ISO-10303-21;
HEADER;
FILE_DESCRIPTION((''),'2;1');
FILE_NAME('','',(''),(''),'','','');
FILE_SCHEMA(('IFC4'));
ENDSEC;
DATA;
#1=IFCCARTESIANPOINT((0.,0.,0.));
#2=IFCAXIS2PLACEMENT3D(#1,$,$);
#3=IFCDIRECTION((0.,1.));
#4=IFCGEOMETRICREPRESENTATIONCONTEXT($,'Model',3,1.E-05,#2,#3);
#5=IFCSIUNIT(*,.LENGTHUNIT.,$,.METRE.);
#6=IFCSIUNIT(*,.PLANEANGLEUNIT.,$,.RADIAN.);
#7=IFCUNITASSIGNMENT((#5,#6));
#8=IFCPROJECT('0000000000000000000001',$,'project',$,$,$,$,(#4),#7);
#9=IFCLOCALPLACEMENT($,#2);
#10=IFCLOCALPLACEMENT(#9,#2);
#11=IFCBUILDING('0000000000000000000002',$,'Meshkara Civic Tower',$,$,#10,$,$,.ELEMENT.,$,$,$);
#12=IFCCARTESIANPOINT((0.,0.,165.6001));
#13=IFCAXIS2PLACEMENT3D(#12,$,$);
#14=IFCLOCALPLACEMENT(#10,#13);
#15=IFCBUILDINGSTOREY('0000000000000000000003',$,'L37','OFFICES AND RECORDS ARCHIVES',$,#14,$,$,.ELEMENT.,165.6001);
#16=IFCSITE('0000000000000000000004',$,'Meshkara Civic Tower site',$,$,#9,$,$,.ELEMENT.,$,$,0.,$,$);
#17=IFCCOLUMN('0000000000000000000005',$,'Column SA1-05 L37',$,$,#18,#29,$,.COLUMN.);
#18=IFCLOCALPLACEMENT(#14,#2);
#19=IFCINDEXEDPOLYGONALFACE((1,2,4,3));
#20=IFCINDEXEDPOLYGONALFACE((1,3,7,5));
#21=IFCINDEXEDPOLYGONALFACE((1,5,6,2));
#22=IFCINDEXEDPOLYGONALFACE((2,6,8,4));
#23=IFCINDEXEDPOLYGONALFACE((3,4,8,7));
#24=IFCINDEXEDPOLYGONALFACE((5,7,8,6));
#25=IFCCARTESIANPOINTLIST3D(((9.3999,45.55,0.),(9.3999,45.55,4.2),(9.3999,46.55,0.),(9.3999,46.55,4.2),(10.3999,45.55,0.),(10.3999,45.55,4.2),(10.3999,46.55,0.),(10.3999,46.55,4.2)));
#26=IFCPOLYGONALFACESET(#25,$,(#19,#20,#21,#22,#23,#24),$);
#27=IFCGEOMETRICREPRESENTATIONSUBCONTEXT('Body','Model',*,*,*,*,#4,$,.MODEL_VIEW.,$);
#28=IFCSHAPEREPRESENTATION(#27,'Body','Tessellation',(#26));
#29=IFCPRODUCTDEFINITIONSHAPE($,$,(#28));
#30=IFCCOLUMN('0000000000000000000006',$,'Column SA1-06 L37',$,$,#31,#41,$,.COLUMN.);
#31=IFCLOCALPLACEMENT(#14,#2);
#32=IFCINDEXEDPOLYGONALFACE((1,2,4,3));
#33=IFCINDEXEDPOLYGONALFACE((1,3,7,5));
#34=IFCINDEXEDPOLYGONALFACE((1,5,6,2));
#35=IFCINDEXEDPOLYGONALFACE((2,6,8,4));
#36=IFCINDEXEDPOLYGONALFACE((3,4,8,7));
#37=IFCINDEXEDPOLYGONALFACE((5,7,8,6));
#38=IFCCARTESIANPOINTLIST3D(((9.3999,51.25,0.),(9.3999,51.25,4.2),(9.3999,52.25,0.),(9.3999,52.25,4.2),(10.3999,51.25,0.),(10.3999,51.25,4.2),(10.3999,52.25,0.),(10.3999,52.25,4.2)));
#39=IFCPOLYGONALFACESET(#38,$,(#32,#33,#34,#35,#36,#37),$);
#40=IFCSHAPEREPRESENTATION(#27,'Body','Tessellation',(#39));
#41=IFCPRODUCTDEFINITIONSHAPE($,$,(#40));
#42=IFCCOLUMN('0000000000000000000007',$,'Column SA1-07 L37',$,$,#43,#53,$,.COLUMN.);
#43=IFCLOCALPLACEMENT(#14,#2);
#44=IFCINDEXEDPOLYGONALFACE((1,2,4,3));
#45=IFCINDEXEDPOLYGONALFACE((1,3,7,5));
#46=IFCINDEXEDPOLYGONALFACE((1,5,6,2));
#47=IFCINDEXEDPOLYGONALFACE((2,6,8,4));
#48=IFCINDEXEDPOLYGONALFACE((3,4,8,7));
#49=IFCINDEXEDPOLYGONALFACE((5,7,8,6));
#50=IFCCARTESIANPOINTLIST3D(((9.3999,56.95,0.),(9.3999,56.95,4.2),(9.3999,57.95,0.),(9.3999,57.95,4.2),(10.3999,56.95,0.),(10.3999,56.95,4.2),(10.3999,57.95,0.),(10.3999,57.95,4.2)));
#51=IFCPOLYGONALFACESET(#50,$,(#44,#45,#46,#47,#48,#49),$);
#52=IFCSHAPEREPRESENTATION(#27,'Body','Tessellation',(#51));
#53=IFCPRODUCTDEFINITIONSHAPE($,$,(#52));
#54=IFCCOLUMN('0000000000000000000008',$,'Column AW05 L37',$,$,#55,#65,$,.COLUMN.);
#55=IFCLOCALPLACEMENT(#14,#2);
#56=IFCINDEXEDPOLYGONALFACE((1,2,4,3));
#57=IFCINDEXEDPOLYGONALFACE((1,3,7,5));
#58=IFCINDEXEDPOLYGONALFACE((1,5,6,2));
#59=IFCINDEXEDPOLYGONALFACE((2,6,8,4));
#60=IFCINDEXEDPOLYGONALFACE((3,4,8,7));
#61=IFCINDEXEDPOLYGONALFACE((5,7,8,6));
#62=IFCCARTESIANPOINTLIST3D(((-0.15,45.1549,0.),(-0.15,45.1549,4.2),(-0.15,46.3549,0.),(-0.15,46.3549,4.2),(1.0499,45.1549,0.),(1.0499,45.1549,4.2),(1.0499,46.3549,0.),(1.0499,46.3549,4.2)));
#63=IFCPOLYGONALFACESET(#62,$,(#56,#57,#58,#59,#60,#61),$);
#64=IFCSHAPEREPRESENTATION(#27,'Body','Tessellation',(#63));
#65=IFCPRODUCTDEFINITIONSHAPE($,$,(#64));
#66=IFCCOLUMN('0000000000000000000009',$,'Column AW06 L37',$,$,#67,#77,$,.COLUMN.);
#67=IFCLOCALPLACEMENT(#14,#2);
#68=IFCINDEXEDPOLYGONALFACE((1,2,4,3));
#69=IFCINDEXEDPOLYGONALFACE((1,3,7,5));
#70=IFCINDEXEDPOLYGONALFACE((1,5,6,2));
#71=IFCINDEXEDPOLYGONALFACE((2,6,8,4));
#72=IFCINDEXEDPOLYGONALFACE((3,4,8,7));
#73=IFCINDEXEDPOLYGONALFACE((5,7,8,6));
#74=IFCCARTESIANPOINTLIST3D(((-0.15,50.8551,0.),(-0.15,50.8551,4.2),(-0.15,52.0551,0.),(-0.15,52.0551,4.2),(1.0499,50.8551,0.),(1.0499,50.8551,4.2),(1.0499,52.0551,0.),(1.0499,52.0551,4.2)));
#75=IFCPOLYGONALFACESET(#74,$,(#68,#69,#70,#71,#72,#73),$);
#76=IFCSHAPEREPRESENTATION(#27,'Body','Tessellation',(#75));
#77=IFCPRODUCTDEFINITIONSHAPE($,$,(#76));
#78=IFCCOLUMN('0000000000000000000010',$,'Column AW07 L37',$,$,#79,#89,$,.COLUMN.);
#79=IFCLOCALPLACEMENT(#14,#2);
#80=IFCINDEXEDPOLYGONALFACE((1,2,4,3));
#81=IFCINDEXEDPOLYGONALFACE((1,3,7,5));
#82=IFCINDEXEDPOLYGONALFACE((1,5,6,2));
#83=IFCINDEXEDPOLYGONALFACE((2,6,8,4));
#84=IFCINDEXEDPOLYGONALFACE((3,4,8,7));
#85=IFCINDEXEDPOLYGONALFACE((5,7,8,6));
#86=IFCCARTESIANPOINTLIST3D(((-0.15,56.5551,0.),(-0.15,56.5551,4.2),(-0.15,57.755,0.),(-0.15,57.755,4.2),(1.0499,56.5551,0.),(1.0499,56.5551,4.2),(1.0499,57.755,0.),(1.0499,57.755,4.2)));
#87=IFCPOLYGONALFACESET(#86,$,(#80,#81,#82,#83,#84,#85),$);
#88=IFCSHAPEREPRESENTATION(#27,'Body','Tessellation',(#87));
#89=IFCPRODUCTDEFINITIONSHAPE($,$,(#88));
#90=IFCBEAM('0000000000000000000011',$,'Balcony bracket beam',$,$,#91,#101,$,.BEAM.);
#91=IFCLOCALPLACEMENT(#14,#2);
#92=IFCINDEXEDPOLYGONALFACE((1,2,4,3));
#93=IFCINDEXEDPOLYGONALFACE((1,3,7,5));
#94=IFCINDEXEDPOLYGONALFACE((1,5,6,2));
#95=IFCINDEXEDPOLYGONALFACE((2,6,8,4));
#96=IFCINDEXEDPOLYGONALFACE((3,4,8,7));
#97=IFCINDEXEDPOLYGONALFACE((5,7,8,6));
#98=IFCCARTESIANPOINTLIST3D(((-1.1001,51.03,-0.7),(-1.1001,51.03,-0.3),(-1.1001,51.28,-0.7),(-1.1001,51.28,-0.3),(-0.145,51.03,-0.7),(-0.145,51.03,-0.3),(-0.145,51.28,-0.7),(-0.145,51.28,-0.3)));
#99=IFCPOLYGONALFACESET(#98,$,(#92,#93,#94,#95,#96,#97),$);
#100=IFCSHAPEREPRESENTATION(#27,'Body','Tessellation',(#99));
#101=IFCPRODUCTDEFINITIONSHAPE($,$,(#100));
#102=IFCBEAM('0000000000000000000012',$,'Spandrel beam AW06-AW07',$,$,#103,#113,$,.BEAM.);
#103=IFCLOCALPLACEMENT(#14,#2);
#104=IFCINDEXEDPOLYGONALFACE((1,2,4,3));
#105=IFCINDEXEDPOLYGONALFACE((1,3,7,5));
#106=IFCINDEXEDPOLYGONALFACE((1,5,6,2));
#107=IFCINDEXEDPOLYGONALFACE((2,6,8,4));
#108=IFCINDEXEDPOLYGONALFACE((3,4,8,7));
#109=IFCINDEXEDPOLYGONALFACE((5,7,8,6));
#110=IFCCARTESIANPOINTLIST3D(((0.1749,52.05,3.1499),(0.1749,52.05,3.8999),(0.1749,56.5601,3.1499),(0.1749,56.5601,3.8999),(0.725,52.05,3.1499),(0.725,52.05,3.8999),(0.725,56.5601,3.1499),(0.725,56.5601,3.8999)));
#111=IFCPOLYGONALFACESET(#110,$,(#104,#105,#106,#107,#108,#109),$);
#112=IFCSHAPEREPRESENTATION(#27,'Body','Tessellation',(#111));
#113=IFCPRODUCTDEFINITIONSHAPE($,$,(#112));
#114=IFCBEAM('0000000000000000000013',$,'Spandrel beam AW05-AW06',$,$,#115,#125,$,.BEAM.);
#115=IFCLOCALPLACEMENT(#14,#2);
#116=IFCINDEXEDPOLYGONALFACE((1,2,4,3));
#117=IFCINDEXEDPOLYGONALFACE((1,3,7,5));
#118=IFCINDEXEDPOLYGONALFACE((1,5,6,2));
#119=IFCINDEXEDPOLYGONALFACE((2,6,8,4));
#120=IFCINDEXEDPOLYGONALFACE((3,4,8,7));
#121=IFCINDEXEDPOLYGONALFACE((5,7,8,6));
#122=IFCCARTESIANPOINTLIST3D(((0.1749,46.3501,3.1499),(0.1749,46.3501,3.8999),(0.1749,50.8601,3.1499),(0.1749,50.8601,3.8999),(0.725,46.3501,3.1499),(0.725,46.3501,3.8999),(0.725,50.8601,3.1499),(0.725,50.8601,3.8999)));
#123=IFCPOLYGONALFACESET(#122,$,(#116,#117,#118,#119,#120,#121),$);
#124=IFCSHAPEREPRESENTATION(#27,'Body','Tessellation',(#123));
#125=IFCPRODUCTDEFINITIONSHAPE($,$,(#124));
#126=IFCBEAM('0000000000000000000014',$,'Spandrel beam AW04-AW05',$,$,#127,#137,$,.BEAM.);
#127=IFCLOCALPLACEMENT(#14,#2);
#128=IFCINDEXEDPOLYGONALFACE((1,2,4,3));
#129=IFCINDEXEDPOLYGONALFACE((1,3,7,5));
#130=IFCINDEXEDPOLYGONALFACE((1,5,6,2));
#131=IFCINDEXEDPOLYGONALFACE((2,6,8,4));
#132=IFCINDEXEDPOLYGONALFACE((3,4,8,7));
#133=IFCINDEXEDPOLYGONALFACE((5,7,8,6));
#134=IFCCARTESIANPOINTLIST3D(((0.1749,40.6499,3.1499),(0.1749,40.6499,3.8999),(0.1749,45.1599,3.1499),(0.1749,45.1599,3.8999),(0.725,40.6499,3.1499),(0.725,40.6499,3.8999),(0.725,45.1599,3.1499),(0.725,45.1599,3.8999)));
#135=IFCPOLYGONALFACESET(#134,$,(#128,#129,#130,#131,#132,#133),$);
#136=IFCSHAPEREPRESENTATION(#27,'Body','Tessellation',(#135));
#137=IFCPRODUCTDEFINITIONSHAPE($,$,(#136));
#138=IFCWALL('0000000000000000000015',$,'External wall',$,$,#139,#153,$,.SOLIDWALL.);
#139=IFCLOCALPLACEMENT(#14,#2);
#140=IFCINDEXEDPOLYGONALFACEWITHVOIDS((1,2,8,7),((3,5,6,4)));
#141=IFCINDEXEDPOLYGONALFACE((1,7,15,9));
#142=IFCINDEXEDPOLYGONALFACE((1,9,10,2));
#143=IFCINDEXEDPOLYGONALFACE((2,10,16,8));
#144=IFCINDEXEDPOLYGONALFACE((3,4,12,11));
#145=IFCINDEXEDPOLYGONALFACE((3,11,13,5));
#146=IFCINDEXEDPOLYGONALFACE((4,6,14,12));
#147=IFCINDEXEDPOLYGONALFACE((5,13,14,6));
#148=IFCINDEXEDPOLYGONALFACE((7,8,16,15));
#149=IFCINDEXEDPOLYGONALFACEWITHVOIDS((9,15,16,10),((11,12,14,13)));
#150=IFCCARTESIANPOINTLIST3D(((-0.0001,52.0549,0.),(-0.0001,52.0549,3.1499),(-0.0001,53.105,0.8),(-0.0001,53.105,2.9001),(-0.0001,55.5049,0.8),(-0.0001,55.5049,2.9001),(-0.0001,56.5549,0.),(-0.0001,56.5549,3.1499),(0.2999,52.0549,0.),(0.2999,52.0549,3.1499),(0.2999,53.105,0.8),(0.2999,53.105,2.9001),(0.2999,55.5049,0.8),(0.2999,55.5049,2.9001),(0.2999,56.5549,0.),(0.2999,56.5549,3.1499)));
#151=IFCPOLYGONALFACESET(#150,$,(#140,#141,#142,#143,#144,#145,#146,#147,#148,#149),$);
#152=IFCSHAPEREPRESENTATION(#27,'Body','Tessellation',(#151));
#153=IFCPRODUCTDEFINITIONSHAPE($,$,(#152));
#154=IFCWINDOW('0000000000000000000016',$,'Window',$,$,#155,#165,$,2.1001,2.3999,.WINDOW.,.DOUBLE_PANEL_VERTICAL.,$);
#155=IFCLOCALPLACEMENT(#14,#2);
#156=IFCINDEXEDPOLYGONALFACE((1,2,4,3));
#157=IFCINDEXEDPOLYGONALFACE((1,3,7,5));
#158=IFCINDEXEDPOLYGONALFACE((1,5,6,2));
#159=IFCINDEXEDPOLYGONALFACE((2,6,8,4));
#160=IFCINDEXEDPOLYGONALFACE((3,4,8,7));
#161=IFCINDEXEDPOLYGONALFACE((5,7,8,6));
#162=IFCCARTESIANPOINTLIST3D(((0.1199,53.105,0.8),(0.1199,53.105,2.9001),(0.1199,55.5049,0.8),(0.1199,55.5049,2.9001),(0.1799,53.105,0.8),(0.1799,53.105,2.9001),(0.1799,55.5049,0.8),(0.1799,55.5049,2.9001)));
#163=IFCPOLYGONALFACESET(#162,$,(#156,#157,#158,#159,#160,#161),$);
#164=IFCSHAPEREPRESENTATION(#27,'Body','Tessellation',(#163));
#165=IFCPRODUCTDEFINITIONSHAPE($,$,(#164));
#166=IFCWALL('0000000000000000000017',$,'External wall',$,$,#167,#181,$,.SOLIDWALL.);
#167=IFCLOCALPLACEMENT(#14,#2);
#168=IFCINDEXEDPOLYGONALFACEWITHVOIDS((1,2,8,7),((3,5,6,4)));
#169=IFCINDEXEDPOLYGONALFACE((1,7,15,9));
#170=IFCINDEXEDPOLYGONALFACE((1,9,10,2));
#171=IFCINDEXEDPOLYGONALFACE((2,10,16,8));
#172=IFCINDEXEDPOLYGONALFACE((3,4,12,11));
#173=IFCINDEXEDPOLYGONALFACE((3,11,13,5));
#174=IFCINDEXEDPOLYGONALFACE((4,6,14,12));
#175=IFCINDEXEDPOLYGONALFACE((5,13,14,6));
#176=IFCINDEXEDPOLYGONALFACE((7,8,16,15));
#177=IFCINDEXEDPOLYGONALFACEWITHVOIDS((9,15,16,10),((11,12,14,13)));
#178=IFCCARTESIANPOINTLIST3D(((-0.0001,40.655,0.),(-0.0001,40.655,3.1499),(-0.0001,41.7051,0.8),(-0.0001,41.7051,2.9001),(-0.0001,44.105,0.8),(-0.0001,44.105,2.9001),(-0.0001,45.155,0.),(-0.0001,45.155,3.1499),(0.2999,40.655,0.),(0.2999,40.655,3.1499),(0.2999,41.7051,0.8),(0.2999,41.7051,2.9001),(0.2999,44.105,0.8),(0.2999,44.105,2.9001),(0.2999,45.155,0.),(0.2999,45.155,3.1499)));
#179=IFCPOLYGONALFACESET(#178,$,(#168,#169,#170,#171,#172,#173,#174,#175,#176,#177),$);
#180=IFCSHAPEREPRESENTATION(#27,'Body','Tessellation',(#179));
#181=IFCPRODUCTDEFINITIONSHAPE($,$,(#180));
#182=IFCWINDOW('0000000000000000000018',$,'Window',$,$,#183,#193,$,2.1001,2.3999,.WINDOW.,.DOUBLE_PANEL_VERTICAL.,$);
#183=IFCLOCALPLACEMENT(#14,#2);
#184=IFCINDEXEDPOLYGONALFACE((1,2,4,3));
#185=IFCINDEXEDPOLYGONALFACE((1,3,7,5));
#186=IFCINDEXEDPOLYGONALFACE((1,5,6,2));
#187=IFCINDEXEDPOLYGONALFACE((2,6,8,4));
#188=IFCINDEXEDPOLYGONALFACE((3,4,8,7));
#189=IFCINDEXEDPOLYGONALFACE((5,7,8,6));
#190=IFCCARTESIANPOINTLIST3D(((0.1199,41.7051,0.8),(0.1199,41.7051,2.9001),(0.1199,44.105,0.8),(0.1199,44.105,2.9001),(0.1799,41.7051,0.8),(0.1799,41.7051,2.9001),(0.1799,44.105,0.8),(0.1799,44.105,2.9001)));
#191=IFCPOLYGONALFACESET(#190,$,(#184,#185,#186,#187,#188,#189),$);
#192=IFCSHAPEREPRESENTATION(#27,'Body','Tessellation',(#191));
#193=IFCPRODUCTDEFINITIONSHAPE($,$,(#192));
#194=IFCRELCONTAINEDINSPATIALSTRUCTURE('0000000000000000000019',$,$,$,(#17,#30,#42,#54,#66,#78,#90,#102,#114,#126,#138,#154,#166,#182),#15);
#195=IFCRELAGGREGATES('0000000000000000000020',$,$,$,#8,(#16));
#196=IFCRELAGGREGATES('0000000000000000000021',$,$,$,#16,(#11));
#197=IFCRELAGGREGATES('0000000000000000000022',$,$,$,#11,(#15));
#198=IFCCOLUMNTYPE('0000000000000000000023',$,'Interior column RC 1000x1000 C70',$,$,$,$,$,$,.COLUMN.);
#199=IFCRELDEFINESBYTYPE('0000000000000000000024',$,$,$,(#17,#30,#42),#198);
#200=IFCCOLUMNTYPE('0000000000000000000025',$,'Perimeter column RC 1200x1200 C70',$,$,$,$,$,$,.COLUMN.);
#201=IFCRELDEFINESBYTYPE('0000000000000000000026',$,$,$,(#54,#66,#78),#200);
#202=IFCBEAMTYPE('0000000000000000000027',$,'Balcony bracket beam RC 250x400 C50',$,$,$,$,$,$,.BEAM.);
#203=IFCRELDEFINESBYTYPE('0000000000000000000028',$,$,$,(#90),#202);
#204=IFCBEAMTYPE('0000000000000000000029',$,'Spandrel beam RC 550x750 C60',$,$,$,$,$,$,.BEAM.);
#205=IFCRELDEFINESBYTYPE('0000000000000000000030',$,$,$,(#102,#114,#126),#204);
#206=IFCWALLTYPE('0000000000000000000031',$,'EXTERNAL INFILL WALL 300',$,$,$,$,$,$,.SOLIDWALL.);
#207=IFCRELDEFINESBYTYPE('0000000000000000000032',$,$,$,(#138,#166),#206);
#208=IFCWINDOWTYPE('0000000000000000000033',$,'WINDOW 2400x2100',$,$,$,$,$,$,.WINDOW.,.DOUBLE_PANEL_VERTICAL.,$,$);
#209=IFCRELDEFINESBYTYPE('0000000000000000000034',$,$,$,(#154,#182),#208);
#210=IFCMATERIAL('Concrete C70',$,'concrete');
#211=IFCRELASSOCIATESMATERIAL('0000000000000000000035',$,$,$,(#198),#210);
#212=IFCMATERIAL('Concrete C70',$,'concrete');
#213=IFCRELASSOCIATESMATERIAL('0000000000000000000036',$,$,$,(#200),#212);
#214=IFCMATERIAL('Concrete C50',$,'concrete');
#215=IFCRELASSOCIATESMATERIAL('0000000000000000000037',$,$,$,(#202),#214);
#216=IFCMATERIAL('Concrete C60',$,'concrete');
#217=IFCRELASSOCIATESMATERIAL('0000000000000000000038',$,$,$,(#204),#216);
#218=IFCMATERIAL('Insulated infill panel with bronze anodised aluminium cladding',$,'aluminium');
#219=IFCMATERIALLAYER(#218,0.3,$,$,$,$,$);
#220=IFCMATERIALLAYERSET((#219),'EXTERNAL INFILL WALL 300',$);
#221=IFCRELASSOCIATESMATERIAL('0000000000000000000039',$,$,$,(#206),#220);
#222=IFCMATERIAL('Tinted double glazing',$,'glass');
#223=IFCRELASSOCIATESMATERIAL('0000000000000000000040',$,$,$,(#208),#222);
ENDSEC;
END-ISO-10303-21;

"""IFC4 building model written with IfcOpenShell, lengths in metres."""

from ifc_helpers import new_model, si_unit, direction, frame, frame_2d, origin, origin_2d, place, context, subcontext, project, spatial, rectangle, extrude, material, layer, layer_set, material_profile, profile_set, type_object, element, fill, save


model = new_model("IFC4")

# Units and contexts
model_context = context("Model", 3, precision=1e-05, world=origin(), true_north=direction((0.0, 1.0)))
body_context = subcontext(model_context, "Body", "Model", "MODEL_VIEW")
ifc_project = project(units=[si_unit("LENGTHUNIT", "METRE"), si_unit("PLANEANGLEUNIT", "RADIAN")], contexts=[model_context])

# Site, building, storey
site_placement = place(None, origin())
site = spatial("IfcSite", under=ifc_project, at=site_placement, Name="Meshkara Civic Tower site", CompositionType="ELEMENT", RefElevation=0.0)
building_placement = place(site_placement, origin())
building = spatial("IfcBuilding", under=site, at=building_placement, Name="Meshkara Civic Tower", CompositionType="ELEMENT")
storey_placement = place(building_placement, frame((0.0, 0.0, 165.6001)))
storey = spatial("IfcBuildingStorey", under=building, at=storey_placement, Name="L37", Description="OFFICES AND RECORDS ARCHIVES", CompositionType="ELEMENT", Elevation=165.6001)

# Columns
ifc_material_1 = material(Name="Concrete C70", Category="concrete")
ifc_material_profile_1 = material_profile(ifc_material_1, rectangle(XDim=1.0, YDim=1.0, at=origin_2d()))
ifc_profile_set_1 = profile_set([ifc_material_profile_1], Name="Concrete C70")
column_type_1 = type_object("IfcColumnType", Name="Interior column RC 1000x1000 C70", PredefinedType="COLUMN", material=ifc_profile_set_1)
for number, where, z_axis, x_axis, name in (
    (1, (9.8999, 46.05, 0.0), (0.0, 0.0, 1.0), (1.0, 0.0, 0.0), "Column SA1-05 L37"),
    (2, (9.8999, 51.75, 0.0), (0.0, 0.0, 1.0), (1.0, 0.0, 0.0), "Column SA1-06 L37"),
    (3, (9.8999, 57.45, 0.0), (0.0, 0.0, 1.0), (1.0, 0.0, 0.0), "Column SA1-07 L37"),
):
    element("IfcColumn", number, at=place(storey_placement, frame(where, z_axis=z_axis, x_axis=x_axis)), inside=storey, type_object=column_type_1, Name=name, PredefinedType="COLUMN", context=body_context, shape_type="SweptSolid", body=[
        extrude(rectangle(XDim=1.0, YDim=1.0, at=origin_2d()), origin(), (0.0, 0.0, 1.0), 4.2),
    ])
ifc_material_2 = material(Name="Concrete C70", Category="concrete")
ifc_material_profile_2 = material_profile(ifc_material_2, rectangle(XDim=1.2, YDim=1.2, at=origin_2d()))
ifc_profile_set_2 = profile_set([ifc_material_profile_2], Name="Concrete C70")
column_type_2 = type_object("IfcColumnType", Name="Perimeter column RC 1200x1200 C70", PredefinedType="COLUMN", material=ifc_profile_set_2)
for number, where, z_axis, x_axis, name in (
    (4, (0.45, 45.7549, 0.0), (0.0, 0.0, 1.0), (1.0, 0.0, 0.0), "Column AW05 L37"),
    (5, (0.45, 51.4551, 0.0), (0.0, 0.0, 1.0), (1.0, 0.0, 0.0), "Column AW06 L37"),
    (6, (0.45, 57.155, 0.0), (0.0, 0.0, 1.0), (1.0, 0.0, 0.0), "Column AW07 L37"),
):
    element("IfcColumn", number, at=place(storey_placement, frame(where, z_axis=z_axis, x_axis=x_axis)), inside=storey, type_object=column_type_2, Name=name, PredefinedType="COLUMN", context=body_context, shape_type="SweptSolid", body=[
        extrude(rectangle(XDim=1.2, YDim=1.2, at=origin_2d()), origin(), (0.0, 0.0, 1.0), 4.2),
    ])

# Beams
ifc_material_3 = material(Name="Concrete C50", Category="concrete")
ifc_material_profile_3 = material_profile(ifc_material_3, rectangle(XDim=0.25, YDim=0.3999, at=origin_2d()))
ifc_profile_set_3 = profile_set([ifc_material_profile_3], Name="Concrete C50")
beam_type_1 = type_object("IfcBeamType", Name="Balcony bracket beam RC 250x400 C50", PredefinedType="BEAM", material=ifc_profile_set_3)
beam_placement = place(storey_placement, frame((-0.145, 51.155, -0.5), z_axis=(-1.0, 0.0, 0.0), x_axis=(0.0, -1.0, 0.0)))
element("IfcBeam", 7, at=beam_placement, inside=storey, type_object=beam_type_1, Name="Balcony bracket beam", PredefinedType="BEAM", context=body_context, shape_type="SweptSolid", body=[
    extrude(rectangle(XDim=0.25, YDim=0.3999, at=origin_2d()), origin(), (0.0, 0.0, 1.0), 0.9551),
])
ifc_material_4 = material(Name="Concrete C60", Category="concrete")
ifc_material_profile_4 = material_profile(ifc_material_4, rectangle(XDim=0.55, YDim=0.75, at=origin_2d()))
ifc_profile_set_4 = profile_set([ifc_material_profile_4], Name="Concrete C60")
beam_type_2 = type_object("IfcBeamType", Name="Spandrel beam RC 550x750 C60", PredefinedType="BEAM", material=ifc_profile_set_4)
for number, where, z_axis, x_axis, name in (
    (8, (0.45, 56.5601, 3.5249), (0.0, -1.0, 0.0), (1.0, 0.0, 0.0), "Spandrel beam AW06-AW07"),
    (9, (0.45, 50.8601, 3.5249), (0.0, -1.0, 0.0), (1.0, 0.0, 0.0), "Spandrel beam AW05-AW06"),
    (10, (0.45, 45.1599, 3.5249), (0.0, -1.0, 0.0), (1.0, 0.0, 0.0), "Spandrel beam AW04-AW05"),
):
    element("IfcBeam", number, at=place(storey_placement, frame(where, z_axis=z_axis, x_axis=x_axis)), inside=storey, type_object=beam_type_2, Name=name, PredefinedType="BEAM", context=body_context, shape_type="SweptSolid", body=[
        extrude(rectangle(XDim=0.55, YDim=0.75, at=origin_2d()), origin(), (0.0, 0.0, 1.0), 4.51),
    ])

# Walls, openings, windows
ifc_material_5 = material(Name="Insulated infill panel with bronze anodised aluminium cladding", Category="aluminium")
ifc_layer_1 = layer(ifc_material_5, 0.3)
ifc_layer_set_1 = layer_set([ifc_layer_1], Name="EXTERNAL INFILL WALL 300")
wall_type_1 = type_object("IfcWallType", Name="EXTERNAL INFILL WALL 300", PredefinedType="SOLIDWALL", material=ifc_layer_set_1)
wall_1_placement = place(storey_placement, frame((0.1499, 56.5549, 0.0), z_axis=(0.0, 0.0, 1.0), x_axis=(0.0, -1.0, 0.0)))
wall_1 = element("IfcWall", 11, at=wall_1_placement, inside=storey, type_object=wall_type_1, Name="External wall", PredefinedType="SOLIDWALL", context=body_context, shape_type="SweptSolid", body=[
    extrude(rectangle(XDim=4.5, YDim=0.3, at=frame_2d((2.25, 0.0))), origin(), (0.0, 0.0, 1.0), 3.1499),
])
opening_1_placement = place(wall_1_placement, frame((1.05, 0.0, 0.8)))
opening_1 = element("IfcOpeningElement", 12, at=opening_1_placement, cuts=wall_1, PredefinedType="OPENING", context=body_context, shape_type="SweptSolid", body=[
    extrude(rectangle(XDim=2.3999, YDim=2.1001, at=frame_2d((1.2, 1.05))), frame((0.0, 0.1599, 0.0), z_axis=(0.0, -1.0, 0.0), x_axis=(1.0, 0.0, 0.0)), (0.0, 0.0, 1.0), 0.3201),
])
ifc_material_6 = material(Name="Tinted double glazing", Category="glass")
window_type = type_object("IfcWindowType", Name="WINDOW 2400x2100", PartitioningType="DOUBLE_PANEL_VERTICAL", PredefinedType="WINDOW", material=ifc_material_6)
window_1_placement = place(opening_1_placement, origin())
window_1 = element("IfcWindow", 13, at=window_1_placement, inside=storey, type_object=window_type, Name="Window", OverallHeight=2.1001, OverallWidth=2.3999, PartitioningType="DOUBLE_PANEL_VERTICAL", PredefinedType="WINDOW", context=body_context, shape_type="SweptSolid", body=[
    extrude(rectangle(XDim=2.3999, YDim=2.1001, at=frame_2d((1.2, 1.05))), frame((0.0, 0.03, 0.0), z_axis=(0.0, -1.0, 0.0), x_axis=(1.0, 0.0, 0.0)), (0.0, 0.0, 1.0), 0.0601),
])
fill(opening_1, window_1)
wall_2_placement = place(storey_placement, frame((0.1499, 45.155, 0.0), z_axis=(0.0, 0.0, 1.0), x_axis=(0.0, -1.0, 0.0)))
wall_2 = element("IfcWall", 14, at=wall_2_placement, inside=storey, type_object=wall_type_1, Name="External wall", PredefinedType="SOLIDWALL", context=body_context, shape_type="SweptSolid", body=[
    extrude(rectangle(XDim=4.5, YDim=0.3, at=frame_2d((2.25, 0.0))), origin(), (0.0, 0.0, 1.0), 3.1499),
])
opening_2_placement = place(wall_2_placement, frame((1.05, 0.0, 0.8)))
opening_2 = element("IfcOpeningElement", 15, at=opening_2_placement, cuts=wall_2, PredefinedType="OPENING", context=body_context, shape_type="SweptSolid", body=[
    extrude(rectangle(XDim=2.3999, YDim=2.1001, at=frame_2d((1.2, 1.05))), frame((0.0, 0.1599, 0.0), z_axis=(0.0, -1.0, 0.0), x_axis=(1.0, 0.0, 0.0)), (0.0, 0.0, 1.0), 0.3201),
])
window_2_placement = place(opening_2_placement, origin())
window_2 = element("IfcWindow", 16, at=window_2_placement, inside=storey, type_object=window_type, Name="Window", OverallHeight=2.1001, OverallWidth=2.3999, PartitioningType="DOUBLE_PANEL_VERTICAL", PredefinedType="WINDOW", context=body_context, shape_type="SweptSolid", body=[
    extrude(rectangle(XDim=2.3999, YDim=2.1001, at=frame_2d((1.2, 1.05))), frame((0.0, 0.03, 0.0), z_axis=(0.0, -1.0, 0.0), x_axis=(1.0, 0.0, 0.0)), (0.0, 0.0, 1.0), 0.0601),
])
fill(opening_2, window_2)

save(model, "model.ifc")
